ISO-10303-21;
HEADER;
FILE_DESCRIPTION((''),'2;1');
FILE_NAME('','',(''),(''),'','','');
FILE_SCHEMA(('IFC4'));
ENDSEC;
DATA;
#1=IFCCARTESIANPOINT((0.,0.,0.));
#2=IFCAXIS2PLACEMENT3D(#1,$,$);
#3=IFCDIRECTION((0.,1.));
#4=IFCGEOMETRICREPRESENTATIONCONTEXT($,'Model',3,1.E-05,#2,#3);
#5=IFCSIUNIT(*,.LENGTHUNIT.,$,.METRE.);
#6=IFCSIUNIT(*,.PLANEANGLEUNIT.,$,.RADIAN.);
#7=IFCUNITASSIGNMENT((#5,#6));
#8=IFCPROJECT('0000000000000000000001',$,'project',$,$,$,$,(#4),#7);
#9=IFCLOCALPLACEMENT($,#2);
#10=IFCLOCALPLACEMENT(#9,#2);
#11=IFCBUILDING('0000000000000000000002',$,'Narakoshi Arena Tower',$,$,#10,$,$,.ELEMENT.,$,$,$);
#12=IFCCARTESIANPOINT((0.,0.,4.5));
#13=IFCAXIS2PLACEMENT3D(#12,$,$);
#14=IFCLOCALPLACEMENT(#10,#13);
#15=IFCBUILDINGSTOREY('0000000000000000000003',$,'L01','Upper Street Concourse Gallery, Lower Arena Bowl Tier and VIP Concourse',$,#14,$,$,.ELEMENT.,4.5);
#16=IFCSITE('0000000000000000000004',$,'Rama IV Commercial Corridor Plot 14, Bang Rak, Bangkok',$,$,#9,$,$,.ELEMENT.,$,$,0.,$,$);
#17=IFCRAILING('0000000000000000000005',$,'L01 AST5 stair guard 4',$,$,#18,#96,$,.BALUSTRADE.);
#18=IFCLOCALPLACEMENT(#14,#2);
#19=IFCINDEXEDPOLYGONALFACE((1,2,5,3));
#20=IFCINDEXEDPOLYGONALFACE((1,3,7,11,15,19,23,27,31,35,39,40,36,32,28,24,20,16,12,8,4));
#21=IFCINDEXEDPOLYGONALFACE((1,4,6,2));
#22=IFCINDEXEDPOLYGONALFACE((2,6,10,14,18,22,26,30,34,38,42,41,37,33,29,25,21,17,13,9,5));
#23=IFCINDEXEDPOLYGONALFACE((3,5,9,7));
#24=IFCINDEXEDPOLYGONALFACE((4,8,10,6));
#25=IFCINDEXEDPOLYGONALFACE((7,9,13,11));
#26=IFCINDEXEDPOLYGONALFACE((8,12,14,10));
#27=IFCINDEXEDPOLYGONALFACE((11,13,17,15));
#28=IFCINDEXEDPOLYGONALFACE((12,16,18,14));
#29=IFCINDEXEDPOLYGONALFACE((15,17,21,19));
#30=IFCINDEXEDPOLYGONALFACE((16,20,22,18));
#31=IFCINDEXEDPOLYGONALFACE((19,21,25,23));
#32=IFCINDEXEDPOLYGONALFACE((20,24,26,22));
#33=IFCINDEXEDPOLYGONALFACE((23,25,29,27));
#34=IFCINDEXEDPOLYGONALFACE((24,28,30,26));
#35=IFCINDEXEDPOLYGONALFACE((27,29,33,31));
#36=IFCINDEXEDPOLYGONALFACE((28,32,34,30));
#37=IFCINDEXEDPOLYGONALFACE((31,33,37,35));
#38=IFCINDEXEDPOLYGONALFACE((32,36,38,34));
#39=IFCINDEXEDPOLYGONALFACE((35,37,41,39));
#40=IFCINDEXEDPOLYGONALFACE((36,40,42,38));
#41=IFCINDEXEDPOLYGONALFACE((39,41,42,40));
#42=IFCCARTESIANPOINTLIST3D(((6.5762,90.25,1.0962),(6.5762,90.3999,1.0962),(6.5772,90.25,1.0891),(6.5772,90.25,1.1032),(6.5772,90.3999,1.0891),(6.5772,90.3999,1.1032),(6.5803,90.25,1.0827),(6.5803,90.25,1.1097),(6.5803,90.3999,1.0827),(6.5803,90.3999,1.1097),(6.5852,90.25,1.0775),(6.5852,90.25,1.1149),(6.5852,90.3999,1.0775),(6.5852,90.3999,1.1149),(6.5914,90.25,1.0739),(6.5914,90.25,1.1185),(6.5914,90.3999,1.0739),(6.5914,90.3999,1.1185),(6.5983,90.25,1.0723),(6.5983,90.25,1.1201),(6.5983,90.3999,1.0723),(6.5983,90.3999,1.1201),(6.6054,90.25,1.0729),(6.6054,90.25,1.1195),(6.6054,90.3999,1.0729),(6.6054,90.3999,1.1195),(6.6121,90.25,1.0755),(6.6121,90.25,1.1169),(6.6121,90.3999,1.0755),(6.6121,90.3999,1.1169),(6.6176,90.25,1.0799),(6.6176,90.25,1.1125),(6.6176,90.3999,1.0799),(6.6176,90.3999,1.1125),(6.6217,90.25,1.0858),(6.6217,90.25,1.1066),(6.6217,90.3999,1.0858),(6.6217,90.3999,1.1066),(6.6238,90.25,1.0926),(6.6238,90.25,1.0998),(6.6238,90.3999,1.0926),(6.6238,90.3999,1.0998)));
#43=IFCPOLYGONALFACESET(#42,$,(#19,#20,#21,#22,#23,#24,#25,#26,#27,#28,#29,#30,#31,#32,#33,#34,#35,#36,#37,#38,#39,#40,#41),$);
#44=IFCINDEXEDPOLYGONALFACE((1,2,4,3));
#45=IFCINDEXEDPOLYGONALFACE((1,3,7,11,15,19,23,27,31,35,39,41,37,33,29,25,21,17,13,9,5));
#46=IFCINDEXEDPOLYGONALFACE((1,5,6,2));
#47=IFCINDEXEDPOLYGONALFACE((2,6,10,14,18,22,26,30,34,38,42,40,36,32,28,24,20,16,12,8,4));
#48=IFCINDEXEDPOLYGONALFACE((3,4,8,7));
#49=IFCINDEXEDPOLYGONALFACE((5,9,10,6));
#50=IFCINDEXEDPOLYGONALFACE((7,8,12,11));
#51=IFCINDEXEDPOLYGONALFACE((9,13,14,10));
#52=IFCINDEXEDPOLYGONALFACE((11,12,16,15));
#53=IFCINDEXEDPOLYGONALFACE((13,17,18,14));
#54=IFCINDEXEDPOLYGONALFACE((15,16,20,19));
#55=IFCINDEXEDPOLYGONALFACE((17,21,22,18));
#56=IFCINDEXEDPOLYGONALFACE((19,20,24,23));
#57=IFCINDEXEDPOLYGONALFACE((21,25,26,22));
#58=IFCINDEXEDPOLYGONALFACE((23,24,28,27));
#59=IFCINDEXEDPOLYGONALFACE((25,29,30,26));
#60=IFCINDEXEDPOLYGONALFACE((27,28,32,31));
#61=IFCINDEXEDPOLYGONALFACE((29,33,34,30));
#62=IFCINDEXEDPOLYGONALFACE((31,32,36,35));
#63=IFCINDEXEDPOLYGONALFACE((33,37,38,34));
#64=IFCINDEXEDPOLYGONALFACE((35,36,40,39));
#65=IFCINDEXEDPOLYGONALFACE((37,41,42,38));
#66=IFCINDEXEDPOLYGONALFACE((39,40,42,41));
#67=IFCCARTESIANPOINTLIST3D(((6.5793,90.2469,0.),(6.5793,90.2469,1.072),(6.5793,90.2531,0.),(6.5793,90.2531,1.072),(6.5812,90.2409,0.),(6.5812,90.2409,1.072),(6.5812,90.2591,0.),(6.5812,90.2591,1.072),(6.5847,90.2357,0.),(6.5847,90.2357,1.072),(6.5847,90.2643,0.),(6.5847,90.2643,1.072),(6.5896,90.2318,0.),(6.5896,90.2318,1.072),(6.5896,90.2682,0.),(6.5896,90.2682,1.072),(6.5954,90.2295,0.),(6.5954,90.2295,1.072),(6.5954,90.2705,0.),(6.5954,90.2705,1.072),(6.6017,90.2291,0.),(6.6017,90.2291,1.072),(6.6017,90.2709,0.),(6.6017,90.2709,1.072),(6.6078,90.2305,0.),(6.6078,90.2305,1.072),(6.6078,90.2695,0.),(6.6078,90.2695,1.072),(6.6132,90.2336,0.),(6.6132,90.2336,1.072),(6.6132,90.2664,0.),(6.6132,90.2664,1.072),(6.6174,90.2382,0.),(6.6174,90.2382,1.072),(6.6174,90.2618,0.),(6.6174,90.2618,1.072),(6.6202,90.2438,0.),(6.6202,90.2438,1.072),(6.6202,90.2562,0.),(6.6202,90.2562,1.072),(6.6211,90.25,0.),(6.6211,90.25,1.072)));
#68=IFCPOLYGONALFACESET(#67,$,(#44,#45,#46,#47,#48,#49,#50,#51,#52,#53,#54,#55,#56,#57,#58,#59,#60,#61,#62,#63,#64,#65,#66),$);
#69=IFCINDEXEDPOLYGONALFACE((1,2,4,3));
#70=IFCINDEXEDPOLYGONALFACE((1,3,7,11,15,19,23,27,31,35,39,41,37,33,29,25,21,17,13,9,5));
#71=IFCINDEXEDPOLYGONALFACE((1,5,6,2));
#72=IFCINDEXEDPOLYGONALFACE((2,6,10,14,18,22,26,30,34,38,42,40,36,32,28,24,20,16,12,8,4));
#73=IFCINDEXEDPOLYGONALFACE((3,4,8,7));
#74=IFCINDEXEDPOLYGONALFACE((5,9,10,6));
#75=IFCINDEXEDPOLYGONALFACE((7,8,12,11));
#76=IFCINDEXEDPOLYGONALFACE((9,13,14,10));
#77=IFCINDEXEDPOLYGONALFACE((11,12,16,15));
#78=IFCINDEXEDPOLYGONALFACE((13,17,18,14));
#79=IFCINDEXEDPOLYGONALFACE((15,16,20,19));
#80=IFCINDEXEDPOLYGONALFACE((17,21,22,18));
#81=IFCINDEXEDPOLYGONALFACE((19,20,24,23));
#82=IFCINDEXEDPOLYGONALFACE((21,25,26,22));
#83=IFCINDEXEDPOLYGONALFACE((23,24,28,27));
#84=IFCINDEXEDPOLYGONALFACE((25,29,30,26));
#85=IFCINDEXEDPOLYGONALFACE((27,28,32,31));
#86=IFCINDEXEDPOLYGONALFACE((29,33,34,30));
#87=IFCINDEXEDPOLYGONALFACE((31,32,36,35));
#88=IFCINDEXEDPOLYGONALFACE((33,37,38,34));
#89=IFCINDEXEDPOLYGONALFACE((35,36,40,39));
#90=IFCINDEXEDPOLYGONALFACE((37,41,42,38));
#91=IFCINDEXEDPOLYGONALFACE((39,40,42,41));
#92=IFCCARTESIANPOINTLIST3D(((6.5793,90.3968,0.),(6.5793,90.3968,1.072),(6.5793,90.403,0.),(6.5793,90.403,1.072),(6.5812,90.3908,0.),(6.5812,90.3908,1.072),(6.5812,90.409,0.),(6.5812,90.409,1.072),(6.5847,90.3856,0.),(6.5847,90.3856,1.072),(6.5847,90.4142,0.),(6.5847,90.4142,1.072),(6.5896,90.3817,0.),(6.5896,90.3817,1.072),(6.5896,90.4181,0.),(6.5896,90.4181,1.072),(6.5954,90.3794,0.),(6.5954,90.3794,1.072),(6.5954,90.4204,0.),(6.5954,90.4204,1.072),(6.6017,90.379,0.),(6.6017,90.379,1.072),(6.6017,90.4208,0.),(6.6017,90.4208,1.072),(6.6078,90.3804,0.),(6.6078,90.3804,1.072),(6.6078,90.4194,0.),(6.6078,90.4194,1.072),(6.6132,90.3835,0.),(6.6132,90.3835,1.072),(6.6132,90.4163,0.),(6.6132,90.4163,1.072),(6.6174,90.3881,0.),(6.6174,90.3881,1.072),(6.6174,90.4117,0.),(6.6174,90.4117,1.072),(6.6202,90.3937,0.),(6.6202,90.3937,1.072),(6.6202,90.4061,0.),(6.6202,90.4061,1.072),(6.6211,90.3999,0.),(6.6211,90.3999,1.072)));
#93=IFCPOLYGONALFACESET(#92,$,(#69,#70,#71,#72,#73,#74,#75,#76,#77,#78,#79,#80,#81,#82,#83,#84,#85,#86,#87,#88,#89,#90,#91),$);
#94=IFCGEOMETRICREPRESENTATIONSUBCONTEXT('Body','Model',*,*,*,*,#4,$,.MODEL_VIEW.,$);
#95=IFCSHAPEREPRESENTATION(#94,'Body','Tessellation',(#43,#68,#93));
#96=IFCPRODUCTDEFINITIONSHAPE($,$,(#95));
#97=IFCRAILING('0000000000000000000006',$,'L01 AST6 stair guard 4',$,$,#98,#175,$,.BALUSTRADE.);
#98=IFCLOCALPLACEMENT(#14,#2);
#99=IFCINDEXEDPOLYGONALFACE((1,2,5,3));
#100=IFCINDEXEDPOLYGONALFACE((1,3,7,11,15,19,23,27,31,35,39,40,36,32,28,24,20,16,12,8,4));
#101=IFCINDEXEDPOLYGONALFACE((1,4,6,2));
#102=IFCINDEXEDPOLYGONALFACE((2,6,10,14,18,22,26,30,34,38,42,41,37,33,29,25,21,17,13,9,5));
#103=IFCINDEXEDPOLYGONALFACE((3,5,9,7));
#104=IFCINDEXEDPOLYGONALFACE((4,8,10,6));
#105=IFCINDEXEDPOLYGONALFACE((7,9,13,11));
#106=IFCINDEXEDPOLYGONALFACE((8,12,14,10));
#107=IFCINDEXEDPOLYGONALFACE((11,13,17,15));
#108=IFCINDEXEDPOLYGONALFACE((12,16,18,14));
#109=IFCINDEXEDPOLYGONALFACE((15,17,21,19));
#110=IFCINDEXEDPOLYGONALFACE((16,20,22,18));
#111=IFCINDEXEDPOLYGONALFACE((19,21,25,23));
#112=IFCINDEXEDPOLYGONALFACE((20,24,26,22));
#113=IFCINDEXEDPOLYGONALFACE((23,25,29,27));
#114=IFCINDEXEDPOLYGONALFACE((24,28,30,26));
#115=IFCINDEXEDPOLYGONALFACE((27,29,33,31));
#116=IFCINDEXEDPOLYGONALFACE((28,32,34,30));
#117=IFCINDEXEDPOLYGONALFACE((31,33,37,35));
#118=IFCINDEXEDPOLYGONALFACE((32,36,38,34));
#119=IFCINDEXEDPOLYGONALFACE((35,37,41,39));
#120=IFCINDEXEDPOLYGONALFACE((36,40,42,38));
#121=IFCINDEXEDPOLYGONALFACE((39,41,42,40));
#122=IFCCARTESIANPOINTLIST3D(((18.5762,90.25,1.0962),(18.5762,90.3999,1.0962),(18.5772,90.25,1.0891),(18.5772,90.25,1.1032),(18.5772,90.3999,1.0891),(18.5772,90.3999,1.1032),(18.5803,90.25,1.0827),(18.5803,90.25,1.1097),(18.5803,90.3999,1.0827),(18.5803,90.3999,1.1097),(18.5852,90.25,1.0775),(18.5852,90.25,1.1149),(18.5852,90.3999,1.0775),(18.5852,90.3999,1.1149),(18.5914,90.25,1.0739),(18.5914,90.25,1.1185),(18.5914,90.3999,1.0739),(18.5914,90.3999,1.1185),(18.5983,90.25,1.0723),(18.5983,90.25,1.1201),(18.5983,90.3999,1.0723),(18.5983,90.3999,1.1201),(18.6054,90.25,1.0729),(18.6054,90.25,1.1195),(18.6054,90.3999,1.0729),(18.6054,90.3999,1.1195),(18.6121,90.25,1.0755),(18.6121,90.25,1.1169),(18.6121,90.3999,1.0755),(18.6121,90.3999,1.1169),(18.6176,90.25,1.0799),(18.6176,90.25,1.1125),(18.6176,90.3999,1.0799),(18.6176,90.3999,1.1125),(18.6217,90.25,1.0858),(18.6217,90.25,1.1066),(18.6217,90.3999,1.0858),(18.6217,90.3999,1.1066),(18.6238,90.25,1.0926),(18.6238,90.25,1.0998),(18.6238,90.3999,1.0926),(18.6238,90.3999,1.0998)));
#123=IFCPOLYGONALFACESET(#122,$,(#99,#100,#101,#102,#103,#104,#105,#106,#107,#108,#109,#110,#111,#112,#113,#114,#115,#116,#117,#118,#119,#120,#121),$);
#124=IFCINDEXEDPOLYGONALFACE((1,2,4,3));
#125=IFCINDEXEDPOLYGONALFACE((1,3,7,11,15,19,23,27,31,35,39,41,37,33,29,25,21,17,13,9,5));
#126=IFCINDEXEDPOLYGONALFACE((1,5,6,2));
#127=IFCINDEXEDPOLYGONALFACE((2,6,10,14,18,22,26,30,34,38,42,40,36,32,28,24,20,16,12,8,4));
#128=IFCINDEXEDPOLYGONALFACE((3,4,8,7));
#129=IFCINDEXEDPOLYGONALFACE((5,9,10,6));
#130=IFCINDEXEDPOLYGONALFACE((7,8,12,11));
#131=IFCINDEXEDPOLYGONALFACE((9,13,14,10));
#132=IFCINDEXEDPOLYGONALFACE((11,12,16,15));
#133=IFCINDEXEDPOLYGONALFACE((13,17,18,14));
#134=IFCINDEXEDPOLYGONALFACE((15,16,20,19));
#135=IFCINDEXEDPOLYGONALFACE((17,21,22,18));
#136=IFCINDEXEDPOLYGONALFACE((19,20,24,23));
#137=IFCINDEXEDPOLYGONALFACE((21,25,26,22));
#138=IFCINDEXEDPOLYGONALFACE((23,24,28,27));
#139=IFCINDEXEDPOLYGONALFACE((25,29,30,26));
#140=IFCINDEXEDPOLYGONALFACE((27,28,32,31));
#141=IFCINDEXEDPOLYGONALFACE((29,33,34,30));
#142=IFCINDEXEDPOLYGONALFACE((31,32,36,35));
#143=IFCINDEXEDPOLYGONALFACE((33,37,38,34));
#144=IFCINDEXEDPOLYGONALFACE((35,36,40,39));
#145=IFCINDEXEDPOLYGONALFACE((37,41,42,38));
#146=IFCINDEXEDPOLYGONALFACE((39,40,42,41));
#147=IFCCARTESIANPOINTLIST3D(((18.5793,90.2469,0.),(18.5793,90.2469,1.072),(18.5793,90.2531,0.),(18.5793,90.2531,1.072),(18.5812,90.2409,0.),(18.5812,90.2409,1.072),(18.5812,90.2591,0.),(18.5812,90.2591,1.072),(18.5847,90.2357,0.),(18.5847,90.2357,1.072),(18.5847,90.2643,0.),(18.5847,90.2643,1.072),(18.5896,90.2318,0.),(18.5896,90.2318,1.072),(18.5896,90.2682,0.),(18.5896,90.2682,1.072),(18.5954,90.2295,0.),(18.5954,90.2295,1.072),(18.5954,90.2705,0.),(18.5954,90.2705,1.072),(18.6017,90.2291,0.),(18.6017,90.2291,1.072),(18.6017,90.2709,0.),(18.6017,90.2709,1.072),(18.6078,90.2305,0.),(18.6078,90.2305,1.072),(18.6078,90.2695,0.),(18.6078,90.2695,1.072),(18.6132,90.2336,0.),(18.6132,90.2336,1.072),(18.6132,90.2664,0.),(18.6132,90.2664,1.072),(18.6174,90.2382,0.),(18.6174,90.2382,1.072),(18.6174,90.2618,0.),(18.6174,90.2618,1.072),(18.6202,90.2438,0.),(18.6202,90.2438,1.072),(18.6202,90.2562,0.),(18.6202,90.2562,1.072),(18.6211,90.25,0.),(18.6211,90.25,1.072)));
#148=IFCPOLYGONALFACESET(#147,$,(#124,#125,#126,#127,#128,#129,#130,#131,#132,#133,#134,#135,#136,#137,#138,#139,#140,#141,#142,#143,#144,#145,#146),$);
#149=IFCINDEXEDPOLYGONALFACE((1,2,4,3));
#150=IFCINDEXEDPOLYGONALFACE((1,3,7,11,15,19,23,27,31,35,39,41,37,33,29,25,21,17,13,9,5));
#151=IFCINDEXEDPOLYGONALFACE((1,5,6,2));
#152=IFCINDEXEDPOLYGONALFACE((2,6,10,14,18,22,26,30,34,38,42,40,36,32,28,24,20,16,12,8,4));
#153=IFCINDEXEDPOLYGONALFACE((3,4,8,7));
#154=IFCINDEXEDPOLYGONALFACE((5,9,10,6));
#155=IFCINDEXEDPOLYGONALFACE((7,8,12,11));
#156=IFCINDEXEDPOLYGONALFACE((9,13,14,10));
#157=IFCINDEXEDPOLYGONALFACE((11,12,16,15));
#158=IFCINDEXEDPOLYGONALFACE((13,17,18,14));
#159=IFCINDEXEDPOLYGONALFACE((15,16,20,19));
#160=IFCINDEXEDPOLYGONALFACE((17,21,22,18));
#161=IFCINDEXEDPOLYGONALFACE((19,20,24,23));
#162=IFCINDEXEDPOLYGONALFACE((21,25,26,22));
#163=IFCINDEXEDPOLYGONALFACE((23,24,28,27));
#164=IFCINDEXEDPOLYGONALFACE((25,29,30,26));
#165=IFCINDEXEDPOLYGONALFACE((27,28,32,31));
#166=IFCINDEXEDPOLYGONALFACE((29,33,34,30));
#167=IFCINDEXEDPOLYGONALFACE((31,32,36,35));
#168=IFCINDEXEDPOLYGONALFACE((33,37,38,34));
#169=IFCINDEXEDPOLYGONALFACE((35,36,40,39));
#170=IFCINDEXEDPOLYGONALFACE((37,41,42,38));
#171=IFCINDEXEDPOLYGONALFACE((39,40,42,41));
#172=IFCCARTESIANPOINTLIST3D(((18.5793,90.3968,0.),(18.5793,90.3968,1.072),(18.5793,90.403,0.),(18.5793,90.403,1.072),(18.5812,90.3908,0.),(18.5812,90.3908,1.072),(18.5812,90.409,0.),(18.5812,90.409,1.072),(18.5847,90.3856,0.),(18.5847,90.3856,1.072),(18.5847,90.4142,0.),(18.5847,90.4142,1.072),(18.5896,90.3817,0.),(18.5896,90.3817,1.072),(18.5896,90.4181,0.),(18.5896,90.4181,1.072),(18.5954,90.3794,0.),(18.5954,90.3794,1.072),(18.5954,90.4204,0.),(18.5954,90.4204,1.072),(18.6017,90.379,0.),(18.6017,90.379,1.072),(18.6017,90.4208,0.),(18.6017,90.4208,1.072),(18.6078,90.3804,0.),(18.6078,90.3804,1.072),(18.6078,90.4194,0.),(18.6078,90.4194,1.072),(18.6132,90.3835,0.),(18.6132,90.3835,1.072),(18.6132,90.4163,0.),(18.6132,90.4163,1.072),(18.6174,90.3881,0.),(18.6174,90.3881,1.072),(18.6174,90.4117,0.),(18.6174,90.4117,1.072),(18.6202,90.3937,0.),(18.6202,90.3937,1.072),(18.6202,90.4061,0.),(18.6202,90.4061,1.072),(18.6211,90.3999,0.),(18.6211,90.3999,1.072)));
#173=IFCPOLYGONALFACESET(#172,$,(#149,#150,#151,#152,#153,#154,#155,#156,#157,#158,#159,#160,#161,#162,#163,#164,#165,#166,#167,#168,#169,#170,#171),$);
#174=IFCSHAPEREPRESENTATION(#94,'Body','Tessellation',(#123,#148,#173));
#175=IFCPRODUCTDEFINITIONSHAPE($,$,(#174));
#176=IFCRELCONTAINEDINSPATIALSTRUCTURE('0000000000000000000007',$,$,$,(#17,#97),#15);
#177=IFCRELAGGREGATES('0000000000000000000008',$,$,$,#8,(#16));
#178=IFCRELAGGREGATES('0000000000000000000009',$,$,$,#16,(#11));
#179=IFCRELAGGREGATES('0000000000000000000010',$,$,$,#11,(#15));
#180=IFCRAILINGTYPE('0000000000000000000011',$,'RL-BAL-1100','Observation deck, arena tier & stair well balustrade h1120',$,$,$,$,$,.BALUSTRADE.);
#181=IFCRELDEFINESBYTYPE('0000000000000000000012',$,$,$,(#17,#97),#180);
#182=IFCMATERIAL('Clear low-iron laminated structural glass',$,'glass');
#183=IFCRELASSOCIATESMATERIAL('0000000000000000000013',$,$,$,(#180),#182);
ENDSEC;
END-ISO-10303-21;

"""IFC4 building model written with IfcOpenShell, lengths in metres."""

from ifc_helpers import new_model, si_unit, direction, frame, origin, origin_2d, place, context, subcontext, project, spatial, circle, extrude, material, type_object, element, save


model = new_model("IFC4")

# Units and contexts
model_context = context("Model", 3, precision=1e-05, world=origin(), true_north=direction((0.0, 1.0)))
body_context = subcontext(model_context, "Body", "Model", "MODEL_VIEW")
ifc_project = project(units=[si_unit("LENGTHUNIT", "METRE"), si_unit("PLANEANGLEUNIT", "RADIAN")], contexts=[model_context])

# Site, building, storey
site_placement = place(None, origin())
site = spatial("IfcSite", under=ifc_project, at=site_placement, Name="Rama IV Commercial Corridor Plot 14, Bang Rak, Bangkok", CompositionType="ELEMENT", RefElevation=0.0)
building_placement = place(site_placement, origin())
building = spatial("IfcBuilding", under=site, at=building_placement, Name="Narakoshi Arena Tower", CompositionType="ELEMENT")
storey_placement = place(building_placement, frame((0.0, 0.0, 4.5)))
storey = spatial("IfcBuildingStorey", under=building, at=storey_placement, Name="L01", Description="Upper Street Concourse Gallery, Lower Arena Bowl Tier and VIP Concourse", CompositionType="ELEMENT", Elevation=4.5)

# Railings
ifc_material_1 = material(Name="Clear low-iron laminated structural glass", Category="glass")
railing_type_1 = type_object("IfcRailingType", Name="RL-BAL-1100", Description="Observation deck, arena tier & stair well balustrade h1120", PredefinedType="BALUSTRADE", material=ifc_material_1)
for number, where, name in (
    (1, (6.6001, 90.25, 0.0), "L01 AST5 stair guard 4"),
    (2, (18.6001, 90.25, 0.0), "L01 AST6 stair guard 4"),
):
    element("IfcRailing", number, at=place(storey_placement, frame(where)), inside=storey, type_object=railing_type_1, Name=name, PredefinedType="BALUSTRADE", context=body_context, shape_type="SweptSolid", body=[
        extrude(circle(Radius=0.0239, at=origin_2d()), frame((0.0, 0.0, 1.0962), z_axis=(0.0, 1.0, 0.0), x_axis=(-1.0, 0.0, 0.0)), (0.0, 0.0, 1.0), 0.1499),
        extrude(circle(Radius=0.021, at=origin_2d()), origin(), (0.0, 0.0, 1.0), 1.072),
        extrude(circle(Radius=0.021, at=origin_2d()), frame((0.0, 0.1499, 0.0)), (0.0, 0.0, 1.0), 1.072),
    ])

save(model, "model.ifc")
